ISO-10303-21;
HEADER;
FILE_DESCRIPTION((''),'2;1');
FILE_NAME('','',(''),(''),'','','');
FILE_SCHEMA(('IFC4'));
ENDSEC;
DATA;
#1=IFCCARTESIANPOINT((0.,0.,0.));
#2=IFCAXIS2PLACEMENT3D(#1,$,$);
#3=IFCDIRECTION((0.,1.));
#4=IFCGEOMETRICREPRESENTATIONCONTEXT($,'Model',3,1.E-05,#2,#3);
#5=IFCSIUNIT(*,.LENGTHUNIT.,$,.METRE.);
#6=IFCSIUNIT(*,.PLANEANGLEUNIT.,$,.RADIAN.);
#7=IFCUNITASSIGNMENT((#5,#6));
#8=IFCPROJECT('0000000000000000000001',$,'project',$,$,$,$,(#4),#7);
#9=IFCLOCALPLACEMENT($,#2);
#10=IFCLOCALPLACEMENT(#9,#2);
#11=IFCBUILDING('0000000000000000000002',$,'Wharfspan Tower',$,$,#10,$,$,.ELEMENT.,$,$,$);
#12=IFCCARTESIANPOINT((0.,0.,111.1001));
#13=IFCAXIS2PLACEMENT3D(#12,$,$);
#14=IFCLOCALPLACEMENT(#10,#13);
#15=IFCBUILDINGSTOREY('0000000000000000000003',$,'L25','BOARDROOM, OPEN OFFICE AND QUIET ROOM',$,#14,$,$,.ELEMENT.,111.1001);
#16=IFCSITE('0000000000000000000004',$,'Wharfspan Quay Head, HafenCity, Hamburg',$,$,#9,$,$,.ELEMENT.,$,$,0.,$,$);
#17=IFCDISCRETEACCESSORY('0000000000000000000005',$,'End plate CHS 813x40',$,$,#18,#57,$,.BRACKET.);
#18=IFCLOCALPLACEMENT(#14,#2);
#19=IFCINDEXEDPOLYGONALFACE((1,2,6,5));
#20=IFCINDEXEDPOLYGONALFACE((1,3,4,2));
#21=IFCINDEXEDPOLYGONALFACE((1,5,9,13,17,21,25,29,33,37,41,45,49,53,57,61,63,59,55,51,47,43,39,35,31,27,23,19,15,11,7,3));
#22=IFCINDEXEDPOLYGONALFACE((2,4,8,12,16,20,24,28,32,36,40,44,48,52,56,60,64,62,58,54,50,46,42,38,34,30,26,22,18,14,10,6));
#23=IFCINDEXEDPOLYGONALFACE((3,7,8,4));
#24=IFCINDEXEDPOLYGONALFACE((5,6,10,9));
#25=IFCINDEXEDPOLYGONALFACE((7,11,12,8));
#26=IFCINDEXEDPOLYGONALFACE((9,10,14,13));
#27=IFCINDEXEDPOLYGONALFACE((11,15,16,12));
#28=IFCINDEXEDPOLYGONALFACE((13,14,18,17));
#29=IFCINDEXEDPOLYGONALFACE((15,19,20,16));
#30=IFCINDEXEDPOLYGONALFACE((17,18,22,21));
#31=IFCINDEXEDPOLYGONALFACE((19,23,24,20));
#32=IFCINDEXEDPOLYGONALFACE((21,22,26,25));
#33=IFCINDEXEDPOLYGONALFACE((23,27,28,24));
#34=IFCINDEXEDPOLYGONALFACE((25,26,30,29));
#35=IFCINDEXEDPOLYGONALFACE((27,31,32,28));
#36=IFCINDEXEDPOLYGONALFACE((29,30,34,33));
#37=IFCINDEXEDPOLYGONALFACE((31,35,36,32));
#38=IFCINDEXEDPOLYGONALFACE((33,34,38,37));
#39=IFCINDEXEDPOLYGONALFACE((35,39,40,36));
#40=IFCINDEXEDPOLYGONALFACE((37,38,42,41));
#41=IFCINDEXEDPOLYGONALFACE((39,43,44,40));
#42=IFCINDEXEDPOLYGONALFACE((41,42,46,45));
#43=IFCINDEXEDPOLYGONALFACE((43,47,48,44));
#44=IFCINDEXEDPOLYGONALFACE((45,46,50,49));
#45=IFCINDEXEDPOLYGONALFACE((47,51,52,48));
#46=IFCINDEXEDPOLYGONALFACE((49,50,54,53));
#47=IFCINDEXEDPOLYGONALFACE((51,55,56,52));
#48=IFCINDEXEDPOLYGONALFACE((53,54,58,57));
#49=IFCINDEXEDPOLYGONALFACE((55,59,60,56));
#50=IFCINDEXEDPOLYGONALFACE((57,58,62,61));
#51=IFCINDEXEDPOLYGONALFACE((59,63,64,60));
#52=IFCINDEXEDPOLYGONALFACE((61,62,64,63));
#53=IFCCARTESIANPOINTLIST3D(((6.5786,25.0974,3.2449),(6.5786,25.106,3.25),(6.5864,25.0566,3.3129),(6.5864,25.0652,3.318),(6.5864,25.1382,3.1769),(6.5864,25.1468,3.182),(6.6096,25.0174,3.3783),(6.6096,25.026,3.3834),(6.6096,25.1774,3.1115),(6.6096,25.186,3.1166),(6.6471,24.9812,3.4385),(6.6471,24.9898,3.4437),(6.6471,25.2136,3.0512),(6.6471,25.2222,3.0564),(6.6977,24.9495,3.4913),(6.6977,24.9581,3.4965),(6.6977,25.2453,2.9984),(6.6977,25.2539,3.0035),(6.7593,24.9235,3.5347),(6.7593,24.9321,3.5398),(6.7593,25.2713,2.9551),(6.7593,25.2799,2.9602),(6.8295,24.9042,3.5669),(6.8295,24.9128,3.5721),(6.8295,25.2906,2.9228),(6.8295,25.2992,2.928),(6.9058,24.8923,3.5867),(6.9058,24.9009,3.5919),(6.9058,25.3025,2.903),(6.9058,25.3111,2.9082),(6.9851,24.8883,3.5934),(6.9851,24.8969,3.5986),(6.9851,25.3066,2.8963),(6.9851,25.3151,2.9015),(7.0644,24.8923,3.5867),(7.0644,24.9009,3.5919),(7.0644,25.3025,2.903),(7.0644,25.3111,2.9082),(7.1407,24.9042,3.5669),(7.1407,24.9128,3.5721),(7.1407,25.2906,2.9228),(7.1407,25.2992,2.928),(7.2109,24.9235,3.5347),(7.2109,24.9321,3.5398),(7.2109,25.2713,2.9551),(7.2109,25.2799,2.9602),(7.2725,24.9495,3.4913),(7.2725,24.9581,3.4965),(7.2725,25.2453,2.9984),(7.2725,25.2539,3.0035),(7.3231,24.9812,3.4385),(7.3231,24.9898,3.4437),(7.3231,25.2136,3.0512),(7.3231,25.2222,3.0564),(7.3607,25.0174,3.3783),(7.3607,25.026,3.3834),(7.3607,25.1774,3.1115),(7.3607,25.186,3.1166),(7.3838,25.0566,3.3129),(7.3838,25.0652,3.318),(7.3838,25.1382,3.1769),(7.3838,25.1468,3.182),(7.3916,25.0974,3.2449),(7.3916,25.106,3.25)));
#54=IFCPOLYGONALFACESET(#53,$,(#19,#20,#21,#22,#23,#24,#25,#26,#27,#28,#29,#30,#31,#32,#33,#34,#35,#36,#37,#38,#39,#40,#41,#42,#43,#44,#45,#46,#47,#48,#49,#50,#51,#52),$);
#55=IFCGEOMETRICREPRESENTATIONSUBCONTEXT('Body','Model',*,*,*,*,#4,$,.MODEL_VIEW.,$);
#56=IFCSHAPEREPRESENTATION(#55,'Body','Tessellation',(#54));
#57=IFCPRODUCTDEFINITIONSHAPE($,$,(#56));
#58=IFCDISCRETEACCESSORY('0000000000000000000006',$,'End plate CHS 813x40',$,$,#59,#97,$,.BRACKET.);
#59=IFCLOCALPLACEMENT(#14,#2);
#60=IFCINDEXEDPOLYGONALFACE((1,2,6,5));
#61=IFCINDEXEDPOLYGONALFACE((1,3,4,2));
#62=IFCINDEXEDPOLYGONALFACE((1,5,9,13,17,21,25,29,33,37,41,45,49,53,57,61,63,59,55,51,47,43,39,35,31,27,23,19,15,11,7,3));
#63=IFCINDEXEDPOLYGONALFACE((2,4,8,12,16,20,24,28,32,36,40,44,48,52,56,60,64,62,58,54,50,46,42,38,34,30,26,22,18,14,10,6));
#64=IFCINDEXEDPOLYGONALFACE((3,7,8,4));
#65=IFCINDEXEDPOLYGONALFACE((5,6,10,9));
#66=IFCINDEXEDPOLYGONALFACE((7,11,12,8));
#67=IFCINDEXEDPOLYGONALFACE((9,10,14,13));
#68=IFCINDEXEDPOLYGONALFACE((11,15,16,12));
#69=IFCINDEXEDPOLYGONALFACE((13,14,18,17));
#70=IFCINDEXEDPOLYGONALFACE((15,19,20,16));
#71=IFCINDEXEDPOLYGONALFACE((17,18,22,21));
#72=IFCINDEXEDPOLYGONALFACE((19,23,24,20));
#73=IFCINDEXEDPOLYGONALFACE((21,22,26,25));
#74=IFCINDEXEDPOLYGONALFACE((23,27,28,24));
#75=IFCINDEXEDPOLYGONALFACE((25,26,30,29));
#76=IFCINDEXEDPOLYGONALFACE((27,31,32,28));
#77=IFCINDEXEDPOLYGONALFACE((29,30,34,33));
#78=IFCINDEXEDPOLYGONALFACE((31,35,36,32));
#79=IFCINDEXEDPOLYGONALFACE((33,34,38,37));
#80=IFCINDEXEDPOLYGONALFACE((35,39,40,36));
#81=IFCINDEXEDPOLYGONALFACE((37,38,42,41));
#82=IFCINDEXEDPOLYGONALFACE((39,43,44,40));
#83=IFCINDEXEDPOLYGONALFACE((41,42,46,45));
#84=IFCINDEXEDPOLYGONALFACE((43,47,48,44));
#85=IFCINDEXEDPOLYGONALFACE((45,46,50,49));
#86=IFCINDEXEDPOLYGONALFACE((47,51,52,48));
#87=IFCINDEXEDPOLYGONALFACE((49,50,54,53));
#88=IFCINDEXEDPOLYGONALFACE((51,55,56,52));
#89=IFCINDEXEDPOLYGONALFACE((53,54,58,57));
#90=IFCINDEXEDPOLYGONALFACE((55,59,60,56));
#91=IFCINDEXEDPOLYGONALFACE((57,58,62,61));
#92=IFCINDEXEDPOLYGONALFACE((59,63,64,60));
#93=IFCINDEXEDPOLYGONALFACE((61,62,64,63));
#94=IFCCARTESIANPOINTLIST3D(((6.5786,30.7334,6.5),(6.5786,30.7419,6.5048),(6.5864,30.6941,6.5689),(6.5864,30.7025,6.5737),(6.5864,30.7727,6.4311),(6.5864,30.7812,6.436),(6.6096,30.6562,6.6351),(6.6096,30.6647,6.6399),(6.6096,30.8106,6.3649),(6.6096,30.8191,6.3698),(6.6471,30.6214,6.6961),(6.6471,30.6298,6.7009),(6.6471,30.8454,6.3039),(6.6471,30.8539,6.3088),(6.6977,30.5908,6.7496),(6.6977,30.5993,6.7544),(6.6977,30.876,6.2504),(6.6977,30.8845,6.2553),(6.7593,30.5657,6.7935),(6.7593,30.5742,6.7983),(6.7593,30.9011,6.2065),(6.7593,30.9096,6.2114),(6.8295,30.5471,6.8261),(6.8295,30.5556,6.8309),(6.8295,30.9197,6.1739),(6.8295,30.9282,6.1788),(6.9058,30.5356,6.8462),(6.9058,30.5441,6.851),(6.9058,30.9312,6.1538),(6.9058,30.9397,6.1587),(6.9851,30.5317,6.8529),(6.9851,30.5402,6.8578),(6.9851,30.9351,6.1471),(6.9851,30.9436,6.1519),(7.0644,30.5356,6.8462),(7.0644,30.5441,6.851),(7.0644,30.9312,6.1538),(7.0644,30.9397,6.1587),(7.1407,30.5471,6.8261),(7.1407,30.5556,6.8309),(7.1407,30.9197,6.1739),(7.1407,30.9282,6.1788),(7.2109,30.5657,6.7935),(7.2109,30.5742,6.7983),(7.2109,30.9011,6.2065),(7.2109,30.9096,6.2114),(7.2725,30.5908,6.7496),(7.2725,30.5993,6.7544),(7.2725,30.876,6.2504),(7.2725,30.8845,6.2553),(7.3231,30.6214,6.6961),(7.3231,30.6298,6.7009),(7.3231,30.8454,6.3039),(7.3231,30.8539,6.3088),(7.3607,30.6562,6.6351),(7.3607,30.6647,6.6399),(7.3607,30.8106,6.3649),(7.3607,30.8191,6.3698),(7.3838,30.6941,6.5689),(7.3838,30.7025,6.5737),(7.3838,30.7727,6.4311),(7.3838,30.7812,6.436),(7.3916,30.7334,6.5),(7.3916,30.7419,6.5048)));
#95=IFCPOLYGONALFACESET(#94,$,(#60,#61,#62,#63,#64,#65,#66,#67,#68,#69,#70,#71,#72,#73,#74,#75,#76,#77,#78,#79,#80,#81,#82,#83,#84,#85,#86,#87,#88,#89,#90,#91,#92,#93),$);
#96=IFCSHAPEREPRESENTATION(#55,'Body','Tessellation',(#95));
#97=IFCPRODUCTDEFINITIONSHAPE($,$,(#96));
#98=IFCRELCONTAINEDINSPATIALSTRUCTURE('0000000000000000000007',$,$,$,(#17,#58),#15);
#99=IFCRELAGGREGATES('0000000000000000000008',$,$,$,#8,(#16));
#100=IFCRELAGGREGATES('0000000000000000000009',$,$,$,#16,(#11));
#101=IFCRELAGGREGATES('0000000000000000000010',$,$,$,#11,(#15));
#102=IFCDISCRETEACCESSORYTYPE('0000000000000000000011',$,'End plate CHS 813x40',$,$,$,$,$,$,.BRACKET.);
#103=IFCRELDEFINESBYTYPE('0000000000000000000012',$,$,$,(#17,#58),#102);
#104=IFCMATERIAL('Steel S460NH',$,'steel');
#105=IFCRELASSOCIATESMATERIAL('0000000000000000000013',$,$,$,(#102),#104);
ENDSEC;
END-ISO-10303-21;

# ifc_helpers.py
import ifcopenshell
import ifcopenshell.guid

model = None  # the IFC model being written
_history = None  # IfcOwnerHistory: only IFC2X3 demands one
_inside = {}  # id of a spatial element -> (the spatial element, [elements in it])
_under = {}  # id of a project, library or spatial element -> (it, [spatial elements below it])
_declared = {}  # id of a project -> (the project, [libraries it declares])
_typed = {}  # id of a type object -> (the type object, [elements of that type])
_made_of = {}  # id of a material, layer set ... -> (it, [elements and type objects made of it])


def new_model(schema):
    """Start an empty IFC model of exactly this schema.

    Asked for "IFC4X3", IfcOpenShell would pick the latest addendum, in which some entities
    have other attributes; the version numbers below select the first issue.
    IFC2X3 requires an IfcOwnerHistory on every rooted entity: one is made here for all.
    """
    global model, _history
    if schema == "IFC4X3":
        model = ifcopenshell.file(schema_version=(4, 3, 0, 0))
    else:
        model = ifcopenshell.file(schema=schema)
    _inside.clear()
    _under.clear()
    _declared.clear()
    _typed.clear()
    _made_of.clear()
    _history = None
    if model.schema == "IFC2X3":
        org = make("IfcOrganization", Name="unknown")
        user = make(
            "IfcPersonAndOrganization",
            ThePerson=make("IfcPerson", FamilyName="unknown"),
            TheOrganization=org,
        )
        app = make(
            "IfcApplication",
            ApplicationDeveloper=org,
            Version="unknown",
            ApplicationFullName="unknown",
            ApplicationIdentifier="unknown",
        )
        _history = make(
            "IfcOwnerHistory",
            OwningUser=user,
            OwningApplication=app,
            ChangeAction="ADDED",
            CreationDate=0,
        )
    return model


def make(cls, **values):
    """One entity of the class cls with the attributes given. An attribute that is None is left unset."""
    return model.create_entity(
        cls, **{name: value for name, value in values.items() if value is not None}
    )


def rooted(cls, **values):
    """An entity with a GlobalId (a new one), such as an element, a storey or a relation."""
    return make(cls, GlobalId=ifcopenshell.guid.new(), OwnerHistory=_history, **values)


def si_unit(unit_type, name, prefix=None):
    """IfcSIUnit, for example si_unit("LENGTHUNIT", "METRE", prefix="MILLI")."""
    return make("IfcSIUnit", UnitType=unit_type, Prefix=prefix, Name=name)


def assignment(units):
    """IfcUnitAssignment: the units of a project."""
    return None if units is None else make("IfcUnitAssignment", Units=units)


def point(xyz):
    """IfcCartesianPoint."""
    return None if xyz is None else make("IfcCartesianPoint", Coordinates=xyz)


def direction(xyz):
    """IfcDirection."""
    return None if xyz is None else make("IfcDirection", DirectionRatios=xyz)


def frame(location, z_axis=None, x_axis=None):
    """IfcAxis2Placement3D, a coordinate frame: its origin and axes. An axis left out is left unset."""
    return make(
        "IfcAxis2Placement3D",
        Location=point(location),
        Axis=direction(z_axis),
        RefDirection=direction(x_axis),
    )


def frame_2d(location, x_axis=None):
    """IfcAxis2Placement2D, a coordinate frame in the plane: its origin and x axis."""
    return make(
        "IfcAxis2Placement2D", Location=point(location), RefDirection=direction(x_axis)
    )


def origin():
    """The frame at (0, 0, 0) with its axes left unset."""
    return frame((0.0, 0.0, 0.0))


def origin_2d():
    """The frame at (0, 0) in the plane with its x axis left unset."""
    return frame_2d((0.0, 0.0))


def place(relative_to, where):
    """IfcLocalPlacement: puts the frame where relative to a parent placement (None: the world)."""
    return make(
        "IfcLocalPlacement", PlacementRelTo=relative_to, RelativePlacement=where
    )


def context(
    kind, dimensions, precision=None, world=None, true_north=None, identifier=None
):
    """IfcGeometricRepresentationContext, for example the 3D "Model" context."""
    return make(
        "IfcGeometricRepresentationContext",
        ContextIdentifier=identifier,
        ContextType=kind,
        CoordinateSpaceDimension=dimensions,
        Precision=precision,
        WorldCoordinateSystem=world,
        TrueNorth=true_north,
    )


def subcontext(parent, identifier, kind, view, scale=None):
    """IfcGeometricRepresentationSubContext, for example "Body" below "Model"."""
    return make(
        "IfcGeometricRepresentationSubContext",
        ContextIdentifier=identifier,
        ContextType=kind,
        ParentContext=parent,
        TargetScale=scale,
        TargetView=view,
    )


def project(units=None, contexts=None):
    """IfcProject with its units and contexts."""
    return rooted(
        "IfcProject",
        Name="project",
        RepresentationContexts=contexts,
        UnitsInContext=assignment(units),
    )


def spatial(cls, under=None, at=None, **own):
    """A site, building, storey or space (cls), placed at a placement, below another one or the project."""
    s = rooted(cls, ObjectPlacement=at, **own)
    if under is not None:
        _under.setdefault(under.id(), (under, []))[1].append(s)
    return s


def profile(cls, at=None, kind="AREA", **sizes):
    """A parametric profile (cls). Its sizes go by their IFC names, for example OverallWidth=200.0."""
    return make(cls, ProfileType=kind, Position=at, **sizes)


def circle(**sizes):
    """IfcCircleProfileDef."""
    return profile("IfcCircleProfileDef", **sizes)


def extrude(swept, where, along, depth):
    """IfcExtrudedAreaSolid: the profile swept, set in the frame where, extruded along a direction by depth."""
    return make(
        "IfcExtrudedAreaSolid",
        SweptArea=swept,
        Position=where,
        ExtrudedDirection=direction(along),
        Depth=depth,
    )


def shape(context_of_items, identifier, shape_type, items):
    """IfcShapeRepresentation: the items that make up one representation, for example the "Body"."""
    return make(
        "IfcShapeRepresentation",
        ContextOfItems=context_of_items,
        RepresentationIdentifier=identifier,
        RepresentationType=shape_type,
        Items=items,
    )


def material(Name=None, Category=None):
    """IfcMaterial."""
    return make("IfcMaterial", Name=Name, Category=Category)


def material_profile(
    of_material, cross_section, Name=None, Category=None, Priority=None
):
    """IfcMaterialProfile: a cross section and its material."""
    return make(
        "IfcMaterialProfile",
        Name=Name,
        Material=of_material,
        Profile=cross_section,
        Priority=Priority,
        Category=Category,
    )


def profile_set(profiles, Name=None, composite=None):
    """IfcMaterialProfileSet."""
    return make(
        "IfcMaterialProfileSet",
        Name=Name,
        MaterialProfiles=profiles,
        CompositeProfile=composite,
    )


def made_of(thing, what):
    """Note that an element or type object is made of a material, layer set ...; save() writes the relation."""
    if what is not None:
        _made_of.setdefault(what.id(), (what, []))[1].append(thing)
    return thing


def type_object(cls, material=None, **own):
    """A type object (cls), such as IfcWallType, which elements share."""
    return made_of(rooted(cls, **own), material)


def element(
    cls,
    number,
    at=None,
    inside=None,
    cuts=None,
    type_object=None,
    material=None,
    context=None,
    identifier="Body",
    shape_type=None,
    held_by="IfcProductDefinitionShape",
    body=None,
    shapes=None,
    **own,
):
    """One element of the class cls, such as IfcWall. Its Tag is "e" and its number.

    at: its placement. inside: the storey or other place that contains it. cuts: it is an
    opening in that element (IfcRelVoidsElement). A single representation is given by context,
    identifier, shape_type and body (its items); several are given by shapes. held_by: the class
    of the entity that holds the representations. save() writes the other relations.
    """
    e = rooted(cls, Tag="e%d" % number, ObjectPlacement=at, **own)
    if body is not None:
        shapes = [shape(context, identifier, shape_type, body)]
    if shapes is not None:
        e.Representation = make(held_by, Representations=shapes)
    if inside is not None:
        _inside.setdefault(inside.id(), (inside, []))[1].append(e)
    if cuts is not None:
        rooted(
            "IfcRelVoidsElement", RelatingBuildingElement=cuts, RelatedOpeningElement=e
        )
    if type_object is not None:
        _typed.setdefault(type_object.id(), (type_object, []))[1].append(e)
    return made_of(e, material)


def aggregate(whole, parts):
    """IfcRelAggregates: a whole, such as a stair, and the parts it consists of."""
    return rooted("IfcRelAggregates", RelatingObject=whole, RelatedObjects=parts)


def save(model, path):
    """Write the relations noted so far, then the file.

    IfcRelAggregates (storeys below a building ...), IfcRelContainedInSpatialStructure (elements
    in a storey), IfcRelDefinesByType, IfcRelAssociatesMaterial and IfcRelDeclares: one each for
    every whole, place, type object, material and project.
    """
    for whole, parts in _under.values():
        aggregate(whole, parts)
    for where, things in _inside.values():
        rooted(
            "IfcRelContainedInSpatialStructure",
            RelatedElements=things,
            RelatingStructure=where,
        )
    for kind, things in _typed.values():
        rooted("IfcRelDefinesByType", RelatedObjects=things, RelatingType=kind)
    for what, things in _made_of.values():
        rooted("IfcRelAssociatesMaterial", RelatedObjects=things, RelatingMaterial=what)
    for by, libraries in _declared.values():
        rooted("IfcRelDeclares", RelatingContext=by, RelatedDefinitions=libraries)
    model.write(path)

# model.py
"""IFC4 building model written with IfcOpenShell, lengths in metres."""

from ifc_helpers import new_model, si_unit, direction, frame, origin, origin_2d, place, context, subcontext, project, spatial, circle, extrude, material, material_profile, profile_set, type_object, element, save


model = new_model("IFC4")

# Units and contexts
model_context = context("Model", 3, precision=1e-05, world=origin(), true_north=direction((0.0, 1.0)))
body_context = subcontext(model_context, "Body", "Model", "MODEL_VIEW")
ifc_project = project(units=[si_unit("LENGTHUNIT", "METRE"), si_unit("PLANEANGLEUNIT", "RADIAN")], contexts=[model_context])

# Site, building, storey
site_placement = place(None, origin())
site = spatial("IfcSite", under=ifc_project, at=site_placement, Name="Wharfspan Quay Head, HafenCity, Hamburg", CompositionType="ELEMENT", RefElevation=0.0)
building_placement = place(site_placement, origin())
building = spatial("IfcBuilding", under=site, at=building_placement, Name="Wharfspan Tower", CompositionType="ELEMENT")
storey_placement = place(building_placement, frame((0.0, 0.0, 111.1001)))
storey = spatial("IfcBuildingStorey", under=building, at=storey_placement, Name="L25", Description="BOARDROOM, OPEN OFFICE AND QUIET ROOM", CompositionType="ELEMENT", Elevation=111.1001)

# Shared definitions
ifc_material_1 = material(Name="Steel S460NH", Category="steel")

# Discrete accessories
ifc_material_profile_1 = material_profile(ifc_material_1, circle(Radius=0.4065, at=origin_2d()))
ifc_profile_set_1 = profile_set([ifc_material_profile_1], Name="Steel S460NH")
discrete_accessory_type = type_object("IfcDiscreteAccessoryType", Name="End plate CHS 813x40", PredefinedType="BRACKET", material=ifc_profile_set_1)
for number, where, z_axis, x_axis, name in (
    (1, (6.9851, 25.0974, 3.2449), (0.0, 0.857493, 0.514496), (-1.0, 0.0, 0.0), "End plate CHS 813x40"),
):
    element("IfcDiscreteAccessory", number, at=place(storey_placement, frame(where, z_axis=z_axis, x_axis=x_axis)), inside=storey, type_object=discrete_accessory_type, Name=name, PredefinedType="BRACKET", context=body_context, shape_type="SweptSolid", body=[
        extrude(circle(Radius=0.4065, at=origin_2d()), origin(), (0.0, 0.0, 1.0), 0.01),
    ])
discrete_accessory_placement = place(storey_placement, frame((6.9851, 30.7334, 6.5), z_axis=(0.0, 0.868243, 0.496139), x_axis=(-1.0, 0.0, 0.0)))
element("IfcDiscreteAccessory", 2, at=discrete_accessory_placement, inside=storey, type_object=discrete_accessory_type, Name="End plate CHS 813x40", PredefinedType="BRACKET", context=body_context, shape_type="SweptSolid", body=[
    extrude(circle(Radius=0.4065, at=origin_2d()), origin(), (0.0, 0.0, 1.0), 0.0098),
])

save(model, "model.ifc")
